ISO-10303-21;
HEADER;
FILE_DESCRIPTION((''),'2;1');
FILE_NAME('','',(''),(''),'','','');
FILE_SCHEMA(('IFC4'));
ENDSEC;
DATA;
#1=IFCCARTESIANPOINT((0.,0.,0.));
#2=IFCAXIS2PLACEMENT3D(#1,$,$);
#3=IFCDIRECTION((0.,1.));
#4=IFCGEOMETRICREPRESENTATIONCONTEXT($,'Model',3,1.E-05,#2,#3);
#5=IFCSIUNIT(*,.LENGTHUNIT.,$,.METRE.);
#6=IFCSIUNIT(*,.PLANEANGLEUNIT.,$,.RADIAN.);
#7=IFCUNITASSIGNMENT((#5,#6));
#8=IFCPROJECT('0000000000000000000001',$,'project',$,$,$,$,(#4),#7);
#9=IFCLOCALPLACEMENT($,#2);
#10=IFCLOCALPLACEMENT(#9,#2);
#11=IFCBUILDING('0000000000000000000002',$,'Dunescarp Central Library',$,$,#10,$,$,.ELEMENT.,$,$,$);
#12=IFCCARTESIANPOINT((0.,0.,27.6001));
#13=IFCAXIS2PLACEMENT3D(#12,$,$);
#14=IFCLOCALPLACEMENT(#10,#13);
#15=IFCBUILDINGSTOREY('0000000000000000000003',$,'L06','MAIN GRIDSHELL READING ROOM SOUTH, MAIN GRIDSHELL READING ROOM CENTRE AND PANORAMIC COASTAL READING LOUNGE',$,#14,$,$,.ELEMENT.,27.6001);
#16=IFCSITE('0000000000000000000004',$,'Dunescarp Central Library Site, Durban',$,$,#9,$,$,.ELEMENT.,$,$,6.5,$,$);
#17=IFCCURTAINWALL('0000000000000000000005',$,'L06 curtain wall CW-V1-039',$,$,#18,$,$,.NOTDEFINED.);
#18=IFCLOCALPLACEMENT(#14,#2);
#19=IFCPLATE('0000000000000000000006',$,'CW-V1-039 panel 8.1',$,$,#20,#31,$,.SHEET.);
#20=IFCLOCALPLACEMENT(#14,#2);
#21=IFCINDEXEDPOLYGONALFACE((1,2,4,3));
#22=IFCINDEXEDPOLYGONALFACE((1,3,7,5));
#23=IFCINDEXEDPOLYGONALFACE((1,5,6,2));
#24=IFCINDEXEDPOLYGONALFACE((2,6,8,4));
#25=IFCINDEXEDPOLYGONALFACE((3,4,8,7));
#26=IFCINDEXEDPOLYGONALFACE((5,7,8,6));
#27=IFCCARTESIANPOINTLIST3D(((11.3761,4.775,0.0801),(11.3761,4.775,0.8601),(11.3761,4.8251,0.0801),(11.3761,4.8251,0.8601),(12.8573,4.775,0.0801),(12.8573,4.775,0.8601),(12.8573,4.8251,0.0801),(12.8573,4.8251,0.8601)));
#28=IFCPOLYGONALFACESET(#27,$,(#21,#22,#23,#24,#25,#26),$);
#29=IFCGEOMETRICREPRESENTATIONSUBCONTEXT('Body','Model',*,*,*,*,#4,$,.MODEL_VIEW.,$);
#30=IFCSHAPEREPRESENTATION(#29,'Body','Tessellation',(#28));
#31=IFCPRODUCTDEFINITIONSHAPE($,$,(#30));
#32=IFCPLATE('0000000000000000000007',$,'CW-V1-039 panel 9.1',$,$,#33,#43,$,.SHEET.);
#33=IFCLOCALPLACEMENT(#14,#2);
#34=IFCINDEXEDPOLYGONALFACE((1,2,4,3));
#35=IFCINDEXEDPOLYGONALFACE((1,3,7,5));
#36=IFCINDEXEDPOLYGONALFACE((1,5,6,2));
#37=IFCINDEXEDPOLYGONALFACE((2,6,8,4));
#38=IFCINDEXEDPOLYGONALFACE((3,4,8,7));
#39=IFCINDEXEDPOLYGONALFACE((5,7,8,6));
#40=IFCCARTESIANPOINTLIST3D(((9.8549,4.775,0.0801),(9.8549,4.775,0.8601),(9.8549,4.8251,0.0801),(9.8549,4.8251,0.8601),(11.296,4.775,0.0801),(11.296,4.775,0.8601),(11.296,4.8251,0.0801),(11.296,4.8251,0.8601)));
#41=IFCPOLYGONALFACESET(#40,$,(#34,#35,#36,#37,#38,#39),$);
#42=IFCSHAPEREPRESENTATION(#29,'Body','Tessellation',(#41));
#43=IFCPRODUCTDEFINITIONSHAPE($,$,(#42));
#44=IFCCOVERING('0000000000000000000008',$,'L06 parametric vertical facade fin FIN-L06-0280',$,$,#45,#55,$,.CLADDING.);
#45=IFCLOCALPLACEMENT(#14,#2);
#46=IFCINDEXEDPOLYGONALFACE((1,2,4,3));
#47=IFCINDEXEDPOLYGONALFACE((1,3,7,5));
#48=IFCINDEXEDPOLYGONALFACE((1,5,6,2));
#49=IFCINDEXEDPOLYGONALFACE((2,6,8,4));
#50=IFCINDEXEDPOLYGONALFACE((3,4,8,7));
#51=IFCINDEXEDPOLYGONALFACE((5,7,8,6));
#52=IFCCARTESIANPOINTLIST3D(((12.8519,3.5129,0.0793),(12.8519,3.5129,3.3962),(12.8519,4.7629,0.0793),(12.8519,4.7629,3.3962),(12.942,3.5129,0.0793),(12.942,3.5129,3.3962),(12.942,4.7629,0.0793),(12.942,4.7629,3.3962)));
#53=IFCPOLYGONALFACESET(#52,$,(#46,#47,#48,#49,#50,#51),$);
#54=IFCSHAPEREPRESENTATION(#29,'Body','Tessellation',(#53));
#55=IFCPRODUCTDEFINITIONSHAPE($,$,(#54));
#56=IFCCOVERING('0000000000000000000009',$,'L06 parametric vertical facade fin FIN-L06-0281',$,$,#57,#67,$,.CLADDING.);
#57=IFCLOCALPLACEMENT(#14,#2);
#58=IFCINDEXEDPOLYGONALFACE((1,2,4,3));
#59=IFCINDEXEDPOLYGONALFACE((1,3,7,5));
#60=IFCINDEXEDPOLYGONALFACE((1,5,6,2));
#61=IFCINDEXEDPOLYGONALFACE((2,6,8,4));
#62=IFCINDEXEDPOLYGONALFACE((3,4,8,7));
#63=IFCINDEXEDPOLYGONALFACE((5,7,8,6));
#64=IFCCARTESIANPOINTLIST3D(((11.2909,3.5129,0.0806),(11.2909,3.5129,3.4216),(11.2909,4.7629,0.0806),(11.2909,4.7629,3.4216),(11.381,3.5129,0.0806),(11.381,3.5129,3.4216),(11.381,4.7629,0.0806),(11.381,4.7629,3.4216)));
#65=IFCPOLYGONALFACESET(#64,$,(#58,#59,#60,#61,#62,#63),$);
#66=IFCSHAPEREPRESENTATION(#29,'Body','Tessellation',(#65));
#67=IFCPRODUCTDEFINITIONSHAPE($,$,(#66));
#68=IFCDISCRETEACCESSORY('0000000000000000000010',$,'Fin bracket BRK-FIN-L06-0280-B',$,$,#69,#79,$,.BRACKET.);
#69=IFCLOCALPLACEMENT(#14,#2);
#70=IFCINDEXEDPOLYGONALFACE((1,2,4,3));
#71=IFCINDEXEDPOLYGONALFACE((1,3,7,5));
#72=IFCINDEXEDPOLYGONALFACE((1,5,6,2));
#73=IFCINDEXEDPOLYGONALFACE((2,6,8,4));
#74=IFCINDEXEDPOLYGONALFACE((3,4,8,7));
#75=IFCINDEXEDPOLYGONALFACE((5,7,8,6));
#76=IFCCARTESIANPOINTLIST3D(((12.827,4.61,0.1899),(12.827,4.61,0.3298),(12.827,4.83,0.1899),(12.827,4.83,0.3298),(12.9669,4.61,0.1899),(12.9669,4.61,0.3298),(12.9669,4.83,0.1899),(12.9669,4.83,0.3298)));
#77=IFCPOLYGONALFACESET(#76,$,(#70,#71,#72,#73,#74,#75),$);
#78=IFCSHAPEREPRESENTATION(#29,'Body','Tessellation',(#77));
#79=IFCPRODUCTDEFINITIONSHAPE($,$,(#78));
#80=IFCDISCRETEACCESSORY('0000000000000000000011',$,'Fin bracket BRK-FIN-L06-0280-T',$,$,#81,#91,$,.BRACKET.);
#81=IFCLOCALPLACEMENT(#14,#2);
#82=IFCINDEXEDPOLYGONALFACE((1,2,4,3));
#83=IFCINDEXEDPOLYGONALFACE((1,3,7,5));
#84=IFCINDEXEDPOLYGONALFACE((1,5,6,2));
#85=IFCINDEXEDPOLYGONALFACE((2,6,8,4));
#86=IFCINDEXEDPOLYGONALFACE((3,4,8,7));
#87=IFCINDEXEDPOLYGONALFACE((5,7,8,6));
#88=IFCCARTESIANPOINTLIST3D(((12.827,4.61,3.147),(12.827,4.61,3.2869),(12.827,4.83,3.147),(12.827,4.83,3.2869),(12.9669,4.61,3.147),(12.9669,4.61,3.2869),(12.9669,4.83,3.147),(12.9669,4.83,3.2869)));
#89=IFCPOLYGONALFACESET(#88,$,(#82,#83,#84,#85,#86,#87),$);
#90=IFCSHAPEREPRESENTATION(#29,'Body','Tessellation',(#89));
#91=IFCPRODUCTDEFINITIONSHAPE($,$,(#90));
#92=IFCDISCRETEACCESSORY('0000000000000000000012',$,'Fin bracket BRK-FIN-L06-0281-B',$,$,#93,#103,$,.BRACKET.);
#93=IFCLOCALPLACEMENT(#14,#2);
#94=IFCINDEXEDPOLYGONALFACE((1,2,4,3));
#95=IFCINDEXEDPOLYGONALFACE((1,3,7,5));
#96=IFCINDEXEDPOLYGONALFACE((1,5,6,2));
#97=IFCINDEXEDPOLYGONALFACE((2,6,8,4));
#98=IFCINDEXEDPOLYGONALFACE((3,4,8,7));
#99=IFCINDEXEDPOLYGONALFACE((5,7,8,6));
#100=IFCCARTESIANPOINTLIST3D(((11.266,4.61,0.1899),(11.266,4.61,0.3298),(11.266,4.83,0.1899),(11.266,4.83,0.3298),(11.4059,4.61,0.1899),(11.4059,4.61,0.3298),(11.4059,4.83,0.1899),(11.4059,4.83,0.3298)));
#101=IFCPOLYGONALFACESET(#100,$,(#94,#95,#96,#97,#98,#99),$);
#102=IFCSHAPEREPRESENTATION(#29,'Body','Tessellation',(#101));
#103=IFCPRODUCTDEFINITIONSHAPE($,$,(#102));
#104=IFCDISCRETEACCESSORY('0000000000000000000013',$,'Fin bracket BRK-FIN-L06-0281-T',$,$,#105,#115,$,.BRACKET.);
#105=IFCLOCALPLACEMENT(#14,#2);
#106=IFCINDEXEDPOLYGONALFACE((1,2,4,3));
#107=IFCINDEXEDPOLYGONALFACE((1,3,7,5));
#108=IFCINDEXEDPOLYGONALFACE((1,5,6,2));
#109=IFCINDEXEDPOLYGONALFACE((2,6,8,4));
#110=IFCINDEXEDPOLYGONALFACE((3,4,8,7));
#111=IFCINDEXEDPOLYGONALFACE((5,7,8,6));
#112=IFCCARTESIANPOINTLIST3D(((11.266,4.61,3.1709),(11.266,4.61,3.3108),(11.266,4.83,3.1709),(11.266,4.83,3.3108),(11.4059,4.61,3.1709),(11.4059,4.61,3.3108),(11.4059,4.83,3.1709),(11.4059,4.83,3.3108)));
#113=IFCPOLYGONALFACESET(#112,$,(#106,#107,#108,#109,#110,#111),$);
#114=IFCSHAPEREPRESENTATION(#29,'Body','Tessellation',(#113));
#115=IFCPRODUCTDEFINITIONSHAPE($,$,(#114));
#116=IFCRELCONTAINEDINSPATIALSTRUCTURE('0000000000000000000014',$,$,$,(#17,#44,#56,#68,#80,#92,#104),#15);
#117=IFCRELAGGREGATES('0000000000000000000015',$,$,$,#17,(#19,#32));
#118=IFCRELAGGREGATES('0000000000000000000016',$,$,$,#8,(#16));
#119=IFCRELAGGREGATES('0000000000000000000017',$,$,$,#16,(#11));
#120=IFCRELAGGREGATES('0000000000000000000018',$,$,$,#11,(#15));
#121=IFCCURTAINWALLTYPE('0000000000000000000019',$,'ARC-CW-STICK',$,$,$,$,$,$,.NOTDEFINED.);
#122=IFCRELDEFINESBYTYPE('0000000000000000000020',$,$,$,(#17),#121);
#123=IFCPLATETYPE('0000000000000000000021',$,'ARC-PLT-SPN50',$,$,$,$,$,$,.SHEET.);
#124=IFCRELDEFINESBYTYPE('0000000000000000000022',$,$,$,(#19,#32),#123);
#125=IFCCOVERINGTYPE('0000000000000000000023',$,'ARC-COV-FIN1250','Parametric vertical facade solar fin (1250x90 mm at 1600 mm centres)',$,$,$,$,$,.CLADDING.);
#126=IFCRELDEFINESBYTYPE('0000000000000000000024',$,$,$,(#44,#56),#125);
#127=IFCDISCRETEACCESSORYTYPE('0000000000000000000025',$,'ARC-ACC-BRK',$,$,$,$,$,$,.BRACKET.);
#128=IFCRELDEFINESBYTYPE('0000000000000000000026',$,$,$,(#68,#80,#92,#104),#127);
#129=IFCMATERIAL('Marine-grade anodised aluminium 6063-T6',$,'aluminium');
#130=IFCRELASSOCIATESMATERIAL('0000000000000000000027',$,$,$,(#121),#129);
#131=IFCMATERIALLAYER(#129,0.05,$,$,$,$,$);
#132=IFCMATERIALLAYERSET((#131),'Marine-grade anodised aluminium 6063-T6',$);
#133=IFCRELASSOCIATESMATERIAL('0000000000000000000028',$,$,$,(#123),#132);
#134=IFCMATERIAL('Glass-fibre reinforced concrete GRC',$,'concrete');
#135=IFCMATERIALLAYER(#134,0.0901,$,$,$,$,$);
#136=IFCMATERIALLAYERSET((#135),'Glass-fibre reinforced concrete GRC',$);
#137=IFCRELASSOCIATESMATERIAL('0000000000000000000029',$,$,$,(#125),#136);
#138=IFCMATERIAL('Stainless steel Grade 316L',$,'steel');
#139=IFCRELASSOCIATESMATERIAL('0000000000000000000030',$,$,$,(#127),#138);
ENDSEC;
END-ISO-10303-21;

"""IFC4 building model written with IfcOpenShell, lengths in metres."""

from ifc_helpers import new_model, si_unit, direction, frame, origin, origin_2d, place, context, subcontext, project, spatial, rectangle, extrude, material, layer, layer_set, type_object, element, aggregate, save


model = new_model("IFC4")

# Units and contexts
model_context = context("Model", 3, precision=1e-05, world=origin(), true_north=direction((0.0, 1.0)))
body_context = subcontext(model_context, "Body", "Model", "MODEL_VIEW")
ifc_project = project(units=[si_unit("LENGTHUNIT", "METRE"), si_unit("PLANEANGLEUNIT", "RADIAN")], contexts=[model_context])

# Site, building, storey
site_placement = place(None, origin())
site = spatial("IfcSite", under=ifc_project, at=site_placement, Name="Dunescarp Central Library Site, Durban", CompositionType="ELEMENT", RefElevation=6.5)
building_placement = place(site_placement, origin())
building = spatial("IfcBuilding", under=site, at=building_placement, Name="Dunescarp Central Library", CompositionType="ELEMENT")
storey_placement = place(building_placement, frame((0.0, 0.0, 27.6001)))
storey = spatial("IfcBuildingStorey", under=building, at=storey_placement, Name="L06", Description="MAIN GRIDSHELL READING ROOM SOUTH, MAIN GRIDSHELL READING ROOM CENTRE AND PANORAMIC COASTAL READING LOUNGE", CompositionType="ELEMENT", Elevation=27.6001)

# Curtain wall
ifc_material_1 = material(Name="Marine-grade anodised aluminium 6063-T6", Category="aluminium")
curtain_wall_type = type_object("IfcCurtainWallType", Name="ARC-CW-STICK", PredefinedType="NOTDEFINED", material=ifc_material_1)
curtain_wall_placement = place(storey_placement, origin())
curtain_wall = element("IfcCurtainWall", 1, at=curtain_wall_placement, inside=storey, type_object=curtain_wall_type, Name="L06 curtain wall CW-V1-039", PredefinedType="NOTDEFINED")

# Plates
ifc_layer_1 = layer(ifc_material_1, 0.05)
ifc_layer_set_1 = layer_set([ifc_layer_1], Name="Marine-grade anodised aluminium 6063-T6")
plate_type_1 = type_object("IfcPlateType", Name="ARC-PLT-SPN50", PredefinedType="SHEET", material=ifc_layer_set_1)
plate_1_placement = place(storey_placement, frame((12.1167, 4.8, 0.0801), z_axis=(0.0, 0.0, 1.0), x_axis=(-1.0, 0.0, 0.0)))
plate_1 = element("IfcPlate", 2, at=plate_1_placement, type_object=plate_type_1, Name="CW-V1-039 panel 8.1", PredefinedType="SHEET", context=body_context, shape_type="SweptSolid", body=[
    extrude(rectangle(XDim=1.4812, YDim=0.05, at=origin_2d()), origin(), (0.0, 0.0, 1.0), 0.78),
])
plate_2_placement = place(storey_placement, frame((10.5754, 4.8, 0.0801), z_axis=(0.0, 0.0, 1.0), x_axis=(-1.0, 0.0, 0.0)))
plate_2 = element("IfcPlate", 3, at=plate_2_placement, type_object=plate_type_1, Name="CW-V1-039 panel 9.1", PredefinedType="SHEET", context=body_context, shape_type="SweptSolid", body=[
    extrude(rectangle(XDim=1.4412, YDim=0.05, at=origin_2d()), origin(), (0.0, 0.0, 1.0), 0.78),
])
aggregate(curtain_wall, [plate_1, plate_2])

# Coverings
ifc_material_2 = material(Name="Glass-fibre reinforced concrete GRC", Category="concrete")
ifc_layer_2 = layer(ifc_material_2, 0.0901)
ifc_layer_set_2 = layer_set([ifc_layer_2], Name="Glass-fibre reinforced concrete GRC")
covering_type = type_object("IfcCoveringType", Name="ARC-COV-FIN1250", Description="Parametric vertical facade solar fin (1250x90 mm at 1600 mm centres)", PredefinedType="CLADDING", material=ifc_layer_set_2)
covering_1_placement = place(storey_placement, frame((12.897, 4.1379, 0.0793), z_axis=(0.0, 0.0, 1.0), x_axis=(0.0, -1.0, 0.0)))
element("IfcCovering", 4, at=covering_1_placement, inside=storey, type_object=covering_type, Name="L06 parametric vertical facade fin FIN-L06-0280", PredefinedType="CLADDING", context=body_context, shape_type="SweptSolid", body=[
    extrude(rectangle(XDim=1.25, YDim=0.0901, at=origin_2d()), origin(), (0.0, 0.0, 1.0), 3.3169),
])
covering_2_placement = place(storey_placement, frame((11.3359, 4.1379, 0.0806), z_axis=(0.0, 0.0, 1.0), x_axis=(0.0, -1.0, 0.0)))
element("IfcCovering", 5, at=covering_2_placement, inside=storey, type_object=covering_type, Name="L06 parametric vertical facade fin FIN-L06-0281", PredefinedType="CLADDING", context=body_context, shape_type="SweptSolid", body=[
    extrude(rectangle(XDim=1.25, YDim=0.0901, at=origin_2d()), origin(), (0.0, 0.0, 1.0), 3.3411),
])

# Discrete accessories
ifc_material_3 = material(Name="Stainless steel Grade 316L", Category="steel")
discrete_accessory_type = type_object("IfcDiscreteAccessoryType", Name="ARC-ACC-BRK", PredefinedType="BRACKET", material=ifc_material_3)
for number, where, z_axis, x_axis, name in (
    (6, (12.897, 4.72, 0.1899), (0.0, 0.0, 1.0), (0.0, -1.0, 0.0), "Fin bracket BRK-FIN-L06-0280-B"),
    (7, (12.897, 4.72, 3.147), (0.0, 0.0, 1.0), (0.0, -1.0, 0.0), "Fin bracket BRK-FIN-L06-0280-T"),
    (8, (11.3359, 4.72, 0.1899), (0.0, 0.0, 1.0), (0.0, -1.0, 0.0), "Fin bracket BRK-FIN-L06-0281-B"),
    (9, (11.3359, 4.72, 3.1709), (0.0, 0.0, 1.0), (0.0, -1.0, 0.0), "Fin bracket BRK-FIN-L06-0281-T"),
):
    element("IfcDiscreteAccessory", number, at=place(storey_placement, frame(where, z_axis=z_axis, x_axis=x_axis)), inside=storey, type_object=discrete_accessory_type, Name=name, PredefinedType="BRACKET", context=body_context, shape_type="SweptSolid", body=[
        extrude(rectangle(XDim=0.22, YDim=0.1399, at=origin_2d()), origin(), (0.0, 0.0, 1.0), 0.1399),
    ])

save(model, "model.ifc")
